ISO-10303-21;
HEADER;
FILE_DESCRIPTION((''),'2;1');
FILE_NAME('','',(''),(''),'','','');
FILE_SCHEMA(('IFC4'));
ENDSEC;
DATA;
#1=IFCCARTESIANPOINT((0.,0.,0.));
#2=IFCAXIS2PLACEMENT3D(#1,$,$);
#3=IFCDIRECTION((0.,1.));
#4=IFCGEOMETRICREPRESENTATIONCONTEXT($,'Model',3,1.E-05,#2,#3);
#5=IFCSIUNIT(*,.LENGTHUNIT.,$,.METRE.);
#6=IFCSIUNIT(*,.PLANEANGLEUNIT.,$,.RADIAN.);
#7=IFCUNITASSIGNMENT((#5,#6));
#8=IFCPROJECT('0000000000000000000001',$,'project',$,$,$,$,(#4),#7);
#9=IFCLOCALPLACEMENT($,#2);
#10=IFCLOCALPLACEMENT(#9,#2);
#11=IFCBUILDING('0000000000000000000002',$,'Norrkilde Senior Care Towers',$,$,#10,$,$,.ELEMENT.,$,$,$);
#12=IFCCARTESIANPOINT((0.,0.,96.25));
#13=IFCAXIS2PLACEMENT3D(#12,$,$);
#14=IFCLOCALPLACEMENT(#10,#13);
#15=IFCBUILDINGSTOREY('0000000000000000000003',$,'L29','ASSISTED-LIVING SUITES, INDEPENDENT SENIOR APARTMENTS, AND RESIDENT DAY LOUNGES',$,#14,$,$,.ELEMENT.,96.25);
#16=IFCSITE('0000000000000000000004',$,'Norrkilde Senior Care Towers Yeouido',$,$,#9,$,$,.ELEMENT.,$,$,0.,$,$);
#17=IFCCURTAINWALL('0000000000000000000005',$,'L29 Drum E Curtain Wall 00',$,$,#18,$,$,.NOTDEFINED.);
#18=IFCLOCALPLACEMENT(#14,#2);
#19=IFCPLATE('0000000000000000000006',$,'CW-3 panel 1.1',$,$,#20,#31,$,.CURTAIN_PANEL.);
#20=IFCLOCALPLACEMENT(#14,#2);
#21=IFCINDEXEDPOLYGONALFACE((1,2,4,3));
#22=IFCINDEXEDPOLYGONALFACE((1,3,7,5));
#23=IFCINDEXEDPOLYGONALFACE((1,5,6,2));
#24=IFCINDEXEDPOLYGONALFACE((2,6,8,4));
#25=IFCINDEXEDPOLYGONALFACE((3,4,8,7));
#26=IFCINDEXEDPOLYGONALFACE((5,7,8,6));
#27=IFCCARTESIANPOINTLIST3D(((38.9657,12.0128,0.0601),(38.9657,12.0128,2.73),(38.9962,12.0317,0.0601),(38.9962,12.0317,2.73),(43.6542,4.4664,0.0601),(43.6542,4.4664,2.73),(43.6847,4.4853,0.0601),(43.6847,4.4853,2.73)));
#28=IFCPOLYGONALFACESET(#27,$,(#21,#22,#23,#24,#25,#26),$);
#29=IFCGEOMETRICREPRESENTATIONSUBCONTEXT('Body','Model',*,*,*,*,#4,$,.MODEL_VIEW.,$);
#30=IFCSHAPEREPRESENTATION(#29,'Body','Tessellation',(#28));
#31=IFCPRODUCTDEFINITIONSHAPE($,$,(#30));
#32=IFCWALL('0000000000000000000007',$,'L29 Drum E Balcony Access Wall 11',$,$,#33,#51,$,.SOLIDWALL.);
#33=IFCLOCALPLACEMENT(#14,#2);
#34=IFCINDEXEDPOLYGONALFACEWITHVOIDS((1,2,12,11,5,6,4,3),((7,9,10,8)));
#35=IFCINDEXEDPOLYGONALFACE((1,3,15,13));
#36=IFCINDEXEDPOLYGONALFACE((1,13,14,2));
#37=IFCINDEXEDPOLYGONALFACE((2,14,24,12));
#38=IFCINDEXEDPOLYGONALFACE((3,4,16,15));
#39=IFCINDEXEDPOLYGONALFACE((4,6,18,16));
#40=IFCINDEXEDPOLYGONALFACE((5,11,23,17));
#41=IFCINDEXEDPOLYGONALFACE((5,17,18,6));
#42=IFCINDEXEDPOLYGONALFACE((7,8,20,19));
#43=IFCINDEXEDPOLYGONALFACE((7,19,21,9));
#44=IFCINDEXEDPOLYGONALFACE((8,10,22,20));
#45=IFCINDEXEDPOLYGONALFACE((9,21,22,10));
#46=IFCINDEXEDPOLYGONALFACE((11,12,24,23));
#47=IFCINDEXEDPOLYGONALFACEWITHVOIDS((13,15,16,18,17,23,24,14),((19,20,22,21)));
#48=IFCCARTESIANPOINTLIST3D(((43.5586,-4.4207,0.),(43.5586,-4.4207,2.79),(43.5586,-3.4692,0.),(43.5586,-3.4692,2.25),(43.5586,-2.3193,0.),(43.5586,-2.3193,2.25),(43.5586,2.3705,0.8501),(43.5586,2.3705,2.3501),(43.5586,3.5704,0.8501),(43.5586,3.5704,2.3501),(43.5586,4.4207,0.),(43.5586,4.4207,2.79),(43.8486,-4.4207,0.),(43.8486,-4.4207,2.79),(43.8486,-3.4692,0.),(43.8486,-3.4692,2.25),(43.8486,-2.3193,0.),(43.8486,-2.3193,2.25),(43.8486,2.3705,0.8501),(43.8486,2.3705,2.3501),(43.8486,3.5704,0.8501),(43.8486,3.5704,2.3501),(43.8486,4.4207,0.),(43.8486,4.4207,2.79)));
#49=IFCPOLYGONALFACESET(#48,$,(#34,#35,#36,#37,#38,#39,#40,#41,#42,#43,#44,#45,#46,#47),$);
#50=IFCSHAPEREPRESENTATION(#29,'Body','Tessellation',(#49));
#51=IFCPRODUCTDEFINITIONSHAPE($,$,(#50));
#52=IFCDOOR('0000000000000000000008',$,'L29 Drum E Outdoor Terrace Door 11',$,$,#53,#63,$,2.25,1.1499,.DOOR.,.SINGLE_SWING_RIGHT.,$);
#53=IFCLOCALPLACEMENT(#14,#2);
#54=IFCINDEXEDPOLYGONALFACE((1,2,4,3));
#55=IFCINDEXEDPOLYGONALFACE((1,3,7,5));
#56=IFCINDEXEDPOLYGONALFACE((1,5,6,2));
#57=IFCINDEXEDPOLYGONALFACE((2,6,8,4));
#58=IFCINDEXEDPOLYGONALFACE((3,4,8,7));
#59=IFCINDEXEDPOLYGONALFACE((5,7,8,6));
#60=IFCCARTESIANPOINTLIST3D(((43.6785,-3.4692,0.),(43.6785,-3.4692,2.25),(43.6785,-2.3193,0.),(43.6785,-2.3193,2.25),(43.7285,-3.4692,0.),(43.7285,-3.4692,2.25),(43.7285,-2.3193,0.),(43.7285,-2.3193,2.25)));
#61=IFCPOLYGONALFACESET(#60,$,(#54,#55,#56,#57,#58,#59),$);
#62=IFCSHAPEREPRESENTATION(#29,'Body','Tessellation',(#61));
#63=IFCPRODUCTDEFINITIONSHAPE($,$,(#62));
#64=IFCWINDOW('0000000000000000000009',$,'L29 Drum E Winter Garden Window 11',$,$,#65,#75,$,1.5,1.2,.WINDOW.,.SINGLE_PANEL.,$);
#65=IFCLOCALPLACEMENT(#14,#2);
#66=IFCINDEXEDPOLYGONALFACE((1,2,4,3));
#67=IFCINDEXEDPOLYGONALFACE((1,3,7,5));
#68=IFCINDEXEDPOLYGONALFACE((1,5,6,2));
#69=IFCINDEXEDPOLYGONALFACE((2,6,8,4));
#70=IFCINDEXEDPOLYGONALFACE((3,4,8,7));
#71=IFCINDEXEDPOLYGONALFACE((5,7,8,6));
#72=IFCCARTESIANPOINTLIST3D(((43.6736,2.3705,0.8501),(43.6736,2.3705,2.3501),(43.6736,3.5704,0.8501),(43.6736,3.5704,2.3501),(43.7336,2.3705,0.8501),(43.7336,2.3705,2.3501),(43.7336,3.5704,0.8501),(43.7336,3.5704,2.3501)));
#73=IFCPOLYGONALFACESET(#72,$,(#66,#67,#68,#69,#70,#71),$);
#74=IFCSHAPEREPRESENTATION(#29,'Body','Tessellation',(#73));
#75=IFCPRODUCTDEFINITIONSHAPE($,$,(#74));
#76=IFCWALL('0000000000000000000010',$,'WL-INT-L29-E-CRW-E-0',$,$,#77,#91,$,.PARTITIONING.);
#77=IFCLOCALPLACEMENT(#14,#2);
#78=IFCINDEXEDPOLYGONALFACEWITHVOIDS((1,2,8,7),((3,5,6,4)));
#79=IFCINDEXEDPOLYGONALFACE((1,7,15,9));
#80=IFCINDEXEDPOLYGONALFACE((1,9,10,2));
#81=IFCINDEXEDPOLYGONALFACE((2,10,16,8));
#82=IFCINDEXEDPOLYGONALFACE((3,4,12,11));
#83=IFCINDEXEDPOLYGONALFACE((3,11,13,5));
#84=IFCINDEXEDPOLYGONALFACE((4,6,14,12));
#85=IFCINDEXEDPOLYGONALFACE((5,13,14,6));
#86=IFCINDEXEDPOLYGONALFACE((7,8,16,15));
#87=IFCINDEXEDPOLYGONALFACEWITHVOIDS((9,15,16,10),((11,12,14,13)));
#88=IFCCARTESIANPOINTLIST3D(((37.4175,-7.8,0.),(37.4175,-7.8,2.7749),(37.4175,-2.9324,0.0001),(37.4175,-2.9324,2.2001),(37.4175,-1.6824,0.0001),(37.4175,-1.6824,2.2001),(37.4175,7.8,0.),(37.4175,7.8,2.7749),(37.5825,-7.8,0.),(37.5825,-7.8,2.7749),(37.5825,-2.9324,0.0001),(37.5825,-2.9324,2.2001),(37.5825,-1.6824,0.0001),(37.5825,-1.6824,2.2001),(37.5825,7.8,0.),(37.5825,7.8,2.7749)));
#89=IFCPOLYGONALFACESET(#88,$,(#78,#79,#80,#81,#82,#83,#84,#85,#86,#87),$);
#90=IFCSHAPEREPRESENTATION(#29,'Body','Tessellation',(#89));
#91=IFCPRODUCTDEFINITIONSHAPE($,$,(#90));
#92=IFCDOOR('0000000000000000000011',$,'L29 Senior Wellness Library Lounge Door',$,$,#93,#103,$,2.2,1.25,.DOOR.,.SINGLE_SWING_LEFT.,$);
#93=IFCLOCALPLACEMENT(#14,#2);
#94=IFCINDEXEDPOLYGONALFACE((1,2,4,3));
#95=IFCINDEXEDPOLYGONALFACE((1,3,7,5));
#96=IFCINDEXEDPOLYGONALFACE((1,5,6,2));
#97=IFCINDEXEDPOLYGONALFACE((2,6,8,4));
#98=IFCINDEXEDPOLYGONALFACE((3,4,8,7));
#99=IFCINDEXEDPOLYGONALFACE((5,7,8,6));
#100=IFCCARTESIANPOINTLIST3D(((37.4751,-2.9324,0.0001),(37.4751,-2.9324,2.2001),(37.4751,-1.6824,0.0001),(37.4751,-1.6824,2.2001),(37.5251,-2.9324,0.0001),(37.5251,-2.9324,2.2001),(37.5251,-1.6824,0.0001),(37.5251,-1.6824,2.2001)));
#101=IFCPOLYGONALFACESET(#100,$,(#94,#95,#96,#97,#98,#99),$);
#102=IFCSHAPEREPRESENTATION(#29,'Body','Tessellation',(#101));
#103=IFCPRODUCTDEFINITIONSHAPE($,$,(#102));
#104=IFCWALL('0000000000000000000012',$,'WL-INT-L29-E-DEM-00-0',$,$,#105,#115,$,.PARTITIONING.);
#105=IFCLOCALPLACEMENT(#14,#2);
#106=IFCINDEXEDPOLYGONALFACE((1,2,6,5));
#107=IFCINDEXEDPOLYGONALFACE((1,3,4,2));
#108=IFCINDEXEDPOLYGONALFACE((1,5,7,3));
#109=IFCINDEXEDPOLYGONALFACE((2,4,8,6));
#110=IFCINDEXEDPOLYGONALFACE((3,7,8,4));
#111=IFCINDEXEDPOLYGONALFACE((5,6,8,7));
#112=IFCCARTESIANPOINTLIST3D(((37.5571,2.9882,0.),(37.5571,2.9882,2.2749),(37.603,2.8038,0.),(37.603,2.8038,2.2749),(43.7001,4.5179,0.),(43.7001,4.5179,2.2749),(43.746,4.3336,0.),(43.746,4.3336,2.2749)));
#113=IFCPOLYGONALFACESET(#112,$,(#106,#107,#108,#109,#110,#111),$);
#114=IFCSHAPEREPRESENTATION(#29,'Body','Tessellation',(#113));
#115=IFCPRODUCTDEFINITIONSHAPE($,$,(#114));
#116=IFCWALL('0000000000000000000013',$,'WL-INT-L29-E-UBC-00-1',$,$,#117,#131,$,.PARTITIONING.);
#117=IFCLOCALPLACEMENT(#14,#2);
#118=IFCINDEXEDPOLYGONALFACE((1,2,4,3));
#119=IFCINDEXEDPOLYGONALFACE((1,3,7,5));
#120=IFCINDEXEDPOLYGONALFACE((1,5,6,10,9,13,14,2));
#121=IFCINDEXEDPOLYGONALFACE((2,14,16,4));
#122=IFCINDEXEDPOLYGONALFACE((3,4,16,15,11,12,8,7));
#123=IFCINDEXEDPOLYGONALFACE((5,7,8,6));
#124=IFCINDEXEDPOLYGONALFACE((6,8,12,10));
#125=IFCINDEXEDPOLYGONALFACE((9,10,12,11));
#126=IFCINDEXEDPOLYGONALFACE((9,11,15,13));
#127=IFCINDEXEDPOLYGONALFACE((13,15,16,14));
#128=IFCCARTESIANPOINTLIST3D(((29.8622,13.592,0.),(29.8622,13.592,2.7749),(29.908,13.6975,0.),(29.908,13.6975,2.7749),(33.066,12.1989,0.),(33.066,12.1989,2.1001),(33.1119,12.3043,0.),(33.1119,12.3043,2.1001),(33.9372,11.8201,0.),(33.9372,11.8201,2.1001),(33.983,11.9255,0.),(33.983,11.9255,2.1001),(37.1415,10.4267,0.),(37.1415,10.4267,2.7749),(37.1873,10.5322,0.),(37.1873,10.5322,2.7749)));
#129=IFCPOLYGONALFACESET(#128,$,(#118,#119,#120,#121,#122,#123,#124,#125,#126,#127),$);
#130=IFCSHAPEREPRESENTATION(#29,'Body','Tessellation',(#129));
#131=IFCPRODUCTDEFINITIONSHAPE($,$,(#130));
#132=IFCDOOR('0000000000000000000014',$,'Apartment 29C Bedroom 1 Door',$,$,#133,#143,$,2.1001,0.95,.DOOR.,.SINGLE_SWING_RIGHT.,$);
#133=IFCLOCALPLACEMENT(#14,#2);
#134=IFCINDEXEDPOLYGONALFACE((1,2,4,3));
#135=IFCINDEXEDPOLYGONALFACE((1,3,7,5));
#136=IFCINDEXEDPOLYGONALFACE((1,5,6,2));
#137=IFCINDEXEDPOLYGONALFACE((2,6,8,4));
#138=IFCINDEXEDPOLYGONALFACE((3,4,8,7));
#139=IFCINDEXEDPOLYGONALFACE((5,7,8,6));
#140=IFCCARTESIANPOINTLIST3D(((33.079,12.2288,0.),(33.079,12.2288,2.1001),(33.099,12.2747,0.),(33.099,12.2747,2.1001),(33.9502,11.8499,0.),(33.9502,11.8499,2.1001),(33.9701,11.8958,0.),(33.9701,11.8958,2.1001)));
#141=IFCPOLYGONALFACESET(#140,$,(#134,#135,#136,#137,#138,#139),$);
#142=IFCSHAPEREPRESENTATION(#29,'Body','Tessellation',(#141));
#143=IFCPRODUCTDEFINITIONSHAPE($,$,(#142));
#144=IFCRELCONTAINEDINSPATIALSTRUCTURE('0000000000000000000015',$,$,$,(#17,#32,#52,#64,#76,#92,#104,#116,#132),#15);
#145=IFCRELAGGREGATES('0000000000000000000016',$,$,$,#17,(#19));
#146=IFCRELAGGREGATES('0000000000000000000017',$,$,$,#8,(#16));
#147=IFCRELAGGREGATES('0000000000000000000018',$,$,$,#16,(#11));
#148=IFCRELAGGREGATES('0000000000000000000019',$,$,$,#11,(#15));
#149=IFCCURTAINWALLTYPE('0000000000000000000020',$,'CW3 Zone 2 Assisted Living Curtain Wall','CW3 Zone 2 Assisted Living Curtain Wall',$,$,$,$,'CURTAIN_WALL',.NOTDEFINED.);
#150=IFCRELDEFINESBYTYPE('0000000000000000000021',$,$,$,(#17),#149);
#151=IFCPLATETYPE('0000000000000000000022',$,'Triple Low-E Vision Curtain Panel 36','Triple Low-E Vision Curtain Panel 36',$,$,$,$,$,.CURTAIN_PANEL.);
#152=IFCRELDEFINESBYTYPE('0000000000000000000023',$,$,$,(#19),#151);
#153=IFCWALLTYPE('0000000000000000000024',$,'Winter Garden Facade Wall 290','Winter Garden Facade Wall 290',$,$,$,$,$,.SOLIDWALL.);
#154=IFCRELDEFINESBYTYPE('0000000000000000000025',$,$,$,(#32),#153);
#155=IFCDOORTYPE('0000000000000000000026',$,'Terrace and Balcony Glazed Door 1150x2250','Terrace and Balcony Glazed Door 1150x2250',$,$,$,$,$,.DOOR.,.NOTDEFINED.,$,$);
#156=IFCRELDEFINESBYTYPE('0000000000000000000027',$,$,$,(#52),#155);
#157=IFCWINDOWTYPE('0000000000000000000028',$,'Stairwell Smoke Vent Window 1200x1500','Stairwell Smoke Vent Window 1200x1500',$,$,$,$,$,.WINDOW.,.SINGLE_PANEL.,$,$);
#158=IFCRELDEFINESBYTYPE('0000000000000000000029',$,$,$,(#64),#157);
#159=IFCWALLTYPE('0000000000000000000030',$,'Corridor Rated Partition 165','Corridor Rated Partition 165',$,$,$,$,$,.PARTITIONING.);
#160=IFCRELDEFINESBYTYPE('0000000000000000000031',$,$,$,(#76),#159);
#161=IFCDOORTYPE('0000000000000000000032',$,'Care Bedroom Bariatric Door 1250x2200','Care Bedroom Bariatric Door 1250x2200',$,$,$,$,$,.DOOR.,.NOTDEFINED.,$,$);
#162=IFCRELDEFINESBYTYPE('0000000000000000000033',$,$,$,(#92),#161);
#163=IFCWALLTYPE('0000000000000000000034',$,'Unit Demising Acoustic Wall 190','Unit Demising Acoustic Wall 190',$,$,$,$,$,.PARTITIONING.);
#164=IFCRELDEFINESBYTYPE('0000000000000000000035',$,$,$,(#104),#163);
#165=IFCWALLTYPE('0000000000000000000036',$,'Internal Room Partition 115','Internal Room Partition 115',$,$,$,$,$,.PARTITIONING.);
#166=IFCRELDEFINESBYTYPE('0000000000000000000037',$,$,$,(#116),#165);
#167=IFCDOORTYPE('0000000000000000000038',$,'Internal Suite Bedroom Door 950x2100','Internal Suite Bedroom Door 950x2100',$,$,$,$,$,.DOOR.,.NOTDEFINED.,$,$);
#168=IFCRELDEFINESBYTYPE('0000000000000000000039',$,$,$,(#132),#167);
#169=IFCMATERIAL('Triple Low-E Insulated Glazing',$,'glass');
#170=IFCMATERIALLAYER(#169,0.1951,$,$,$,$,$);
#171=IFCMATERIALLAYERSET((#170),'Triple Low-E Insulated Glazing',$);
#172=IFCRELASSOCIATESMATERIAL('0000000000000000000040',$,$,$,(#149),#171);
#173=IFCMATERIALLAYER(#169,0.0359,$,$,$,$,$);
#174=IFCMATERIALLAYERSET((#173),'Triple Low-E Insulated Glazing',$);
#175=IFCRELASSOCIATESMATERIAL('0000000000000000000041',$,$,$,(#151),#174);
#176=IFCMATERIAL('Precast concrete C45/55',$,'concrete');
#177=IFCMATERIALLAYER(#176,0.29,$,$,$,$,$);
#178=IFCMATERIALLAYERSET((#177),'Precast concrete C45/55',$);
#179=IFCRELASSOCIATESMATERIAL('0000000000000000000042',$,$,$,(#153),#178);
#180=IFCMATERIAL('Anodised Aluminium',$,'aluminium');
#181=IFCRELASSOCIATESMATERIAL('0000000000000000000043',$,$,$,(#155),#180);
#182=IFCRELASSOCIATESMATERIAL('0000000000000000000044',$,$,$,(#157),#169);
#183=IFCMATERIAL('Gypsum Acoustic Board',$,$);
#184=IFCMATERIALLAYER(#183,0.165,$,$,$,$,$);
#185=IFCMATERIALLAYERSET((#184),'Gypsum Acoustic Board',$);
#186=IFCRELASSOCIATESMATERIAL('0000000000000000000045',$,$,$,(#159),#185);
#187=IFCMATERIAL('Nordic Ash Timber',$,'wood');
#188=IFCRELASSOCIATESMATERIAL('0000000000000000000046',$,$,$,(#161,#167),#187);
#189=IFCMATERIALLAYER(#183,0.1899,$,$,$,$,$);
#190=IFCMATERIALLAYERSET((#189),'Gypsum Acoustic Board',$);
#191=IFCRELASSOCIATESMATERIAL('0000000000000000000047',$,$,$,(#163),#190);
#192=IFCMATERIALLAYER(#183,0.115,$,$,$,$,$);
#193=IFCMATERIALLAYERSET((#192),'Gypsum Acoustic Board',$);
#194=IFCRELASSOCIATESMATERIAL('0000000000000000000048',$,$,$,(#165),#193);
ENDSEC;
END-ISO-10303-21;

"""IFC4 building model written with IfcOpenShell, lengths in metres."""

from ifc_helpers import new_model, si_unit, direction, frame, frame_2d, origin, origin_2d, place, context, subcontext, project, spatial, rectangle, extrude, source, transform, mapped, material, layer, layer_set, type_object, type_shapes, element, fill, aggregate, save


model = new_model("IFC4")

# Units and contexts
model_context = context("Model", 3, precision=1e-05, world=origin(), true_north=direction((0.0, 1.0)))
body_context = subcontext(model_context, "Body", "Model", "MODEL_VIEW")
ifc_project = project(units=[si_unit("LENGTHUNIT", "METRE"), si_unit("PLANEANGLEUNIT", "RADIAN")], contexts=[model_context])

# Site, building, storey
site_placement = place(None, origin())
site = spatial("IfcSite", under=ifc_project, at=site_placement, Name="Norrkilde Senior Care Towers Yeouido", CompositionType="ELEMENT", RefElevation=0.0)
building_placement = place(site_placement, origin())
building = spatial("IfcBuilding", under=site, at=building_placement, Name="Norrkilde Senior Care Towers", CompositionType="ELEMENT")
storey_placement = place(building_placement, frame((0.0, 0.0, 96.25)))
storey = spatial("IfcBuildingStorey", under=building, at=storey_placement, Name="L29", Description="ASSISTED-LIVING SUITES, INDEPENDENT SENIOR APARTMENTS, AND RESIDENT DAY LOUNGES", CompositionType="ELEMENT", Elevation=96.25)

# Curtain wall
ifc_material_1 = material(Name="Triple Low-E Insulated Glazing", Category="glass")
ifc_layer_1 = layer(ifc_material_1, 0.1951)
ifc_layer_set_1 = layer_set([ifc_layer_1], Name="Triple Low-E Insulated Glazing")
curtain_wall_type = type_object("IfcCurtainWallType", Name="CW3 Zone 2 Assisted Living Curtain Wall", Description="CW3 Zone 2 Assisted Living Curtain Wall", ElementType="CURTAIN_WALL", PredefinedType="NOTDEFINED", material=ifc_layer_set_1)
curtain_wall_1_placement = place(storey_placement, origin())
curtain_wall_1 = element("IfcCurtainWall", 1, at=curtain_wall_1_placement, inside=storey, type_object=curtain_wall_type, Name="L29 Drum E Curtain Wall 00", PredefinedType="NOTDEFINED")
ifc_material_2 = material(Name="Anodised Aluminium", Category="aluminium")

# Plate
ifc_layer_2 = layer(ifc_material_1, 0.0359)
ifc_layer_set_2 = layer_set([ifc_layer_2], Name="Triple Low-E Insulated Glazing")
plate_type = type_object("IfcPlateType", Name="Triple Low-E Vision Curtain Panel 36", Description="Triple Low-E Vision Curtain Panel 36", PredefinedType="CURTAIN_PANEL", material=ifc_layer_set_2)
shared_shape_1 = source(origin(), body_context, "Body", "SweptSolid", [
    extrude(rectangle(XDim=8.8843, YDim=0.0359, at=origin_2d()), origin(), (0.0, 0.0, 1.0), 2.6699),
])
type_shapes(plate_type, [shared_shape_1])
plate_placement = place(storey_placement, frame((41.3252, 8.249, 0.0601), z_axis=(0.0, 0.0, 1.0), x_axis=(0.527733, -0.84941, 0.0)))
plate = element("IfcPlate", 2, at=plate_placement, type_object=plate_type, Name="CW-3 panel 1.1", PredefinedType="CURTAIN_PANEL", context=body_context, shape_type="MappedRepresentation", body=[
    mapped(shared_shape_1, transform((0.0, 0.0, 0.0), x_axis=(1.0, 0.0, 0.0), y_axis=(0.0, 1.0, 0.0), z_axis=(0.0, 0.0, 1.0), scale=1.0)),
])
aggregate(curtain_wall_1, [plate])

# Wall, openings, door, window
ifc_material_3 = material(Name="Precast concrete C45/55", Category="concrete")
ifc_layer_3 = layer(ifc_material_3, 0.29)
ifc_layer_set_3 = layer_set([ifc_layer_3], Name="Precast concrete C45/55")
wall_type_1 = type_object("IfcWallType", Name="Winter Garden Facade Wall 290", Description="Winter Garden Facade Wall 290", PredefinedType="SOLIDWALL", material=ifc_layer_set_3)
shared_shape_2 = source(origin(), body_context, "Body", "SweptSolid", [
    extrude(rectangle(XDim=8.8413, YDim=0.29, at=frame_2d((4.4207, 0.0))), origin(), (0.0, 0.0, 1.0), 2.79),
])
type_shapes(wall_type_1, [shared_shape_2])
wall_1_placement = place(storey_placement, frame((43.7036, 4.4207, 0.0), z_axis=(0.0, 0.0, 1.0), x_axis=(0.0, -1.0, 0.0)))
wall_1 = element("IfcWall", 3, at=wall_1_placement, inside=storey, type_object=wall_type_1, Name="L29 Drum E Balcony Access Wall 11", PredefinedType="SOLIDWALL", context=body_context, shape_type="MappedRepresentation", body=[
    mapped(shared_shape_2, transform((0.0, 0.0, 0.0), x_axis=(1.0, 0.0, 0.0), y_axis=(0.0, 1.0, 0.0), z_axis=(0.0, 0.0, 1.0), scale=1.0)),
])
opening_1_placement = place(wall_1_placement, frame((6.74, 0.0, 0.0)))
opening_1 = element("IfcOpeningElement", 4, at=opening_1_placement, cuts=wall_1, PredefinedType="OPENING", context=body_context, shape_type="SweptSolid", body=[
    extrude(rectangle(XDim=1.1499, YDim=2.25, at=frame_2d((0.575, 1.125))), frame((0.0, 0.155, 0.0), z_axis=(0.0, -1.0, 0.0), x_axis=(1.0, 0.0, 0.0)), (0.0, 0.0, 1.0), 0.3101),
])
opening_2_placement = place(wall_1_placement, frame((0.8501, 0.0, 0.8501)))
opening_2 = element("IfcOpeningElement", 5, at=opening_2_placement, cuts=wall_1, PredefinedType="OPENING", context=body_context, shape_type="SweptSolid", body=[
    extrude(rectangle(XDim=1.2, YDim=1.5, at=frame_2d((0.6001, 0.75))), frame((0.0, 0.155, 0.0), z_axis=(0.0, -1.0, 0.0), x_axis=(1.0, 0.0, 0.0)), (0.0, 0.0, 1.0), 0.3101),
])
door_type_1 = type_object("IfcDoorType", Name="Terrace and Balcony Glazed Door 1150x2250", Description="Terrace and Balcony Glazed Door 1150x2250", OperationType="NOTDEFINED", PredefinedType="DOOR", material=ifc_material_2)
shared_shape_3 = source(origin(), body_context, "Body", "SweptSolid", [
    extrude(rectangle(XDim=1.1499, YDim=2.25, at=frame_2d((0.575, 1.125))), frame((0.0, 0.0249, 0.0), z_axis=(0.0, -1.0, 0.0), x_axis=(1.0, 0.0, 0.0)), (0.0, 0.0, 1.0), 0.05),
])
type_shapes(door_type_1, [shared_shape_3])
door_1_placement = place(opening_1_placement, origin())
door_1 = element("IfcDoor", 6, at=door_1_placement, inside=storey, type_object=door_type_1, Name="L29 Drum E Outdoor Terrace Door 11", OperationType="SINGLE_SWING_RIGHT", OverallHeight=2.25, OverallWidth=1.1499, PredefinedType="DOOR", context=body_context, shape_type="MappedRepresentation", body=[
    mapped(shared_shape_3, transform((0.0, 0.0, 0.0), x_axis=(1.0, 0.0, 0.0), y_axis=(0.0, 1.0, 0.0), z_axis=(0.0, 0.0, 1.0), scale=1.0)),
])
fill(opening_1, door_1)
window_type = type_object("IfcWindowType", Name="Stairwell Smoke Vent Window 1200x1500", Description="Stairwell Smoke Vent Window 1200x1500", PartitioningType="SINGLE_PANEL", PredefinedType="WINDOW", material=ifc_material_1)
shared_shape_4 = source(origin(), body_context, "Body", "SweptSolid", [
    extrude(rectangle(XDim=1.2, YDim=1.5, at=frame_2d((0.6001, 0.75))), frame((0.0, 0.03, 0.0), z_axis=(0.0, -1.0, 0.0), x_axis=(1.0, 0.0, 0.0)), (0.0, 0.0, 1.0), 0.0601),
])
type_shapes(window_type, [shared_shape_4])
window_placement = place(opening_2_placement, origin())
window = element("IfcWindow", 7, at=window_placement, inside=storey, type_object=window_type, Name="L29 Drum E Winter Garden Window 11", OverallHeight=1.5, OverallWidth=1.2, PartitioningType="SINGLE_PANEL", PredefinedType="WINDOW", context=body_context, shape_type="MappedRepresentation", body=[
    mapped(shared_shape_4, transform((0.0, 0.0, 0.0), x_axis=(1.0, 0.0, 0.0), y_axis=(0.0, 1.0, 0.0), z_axis=(0.0, 0.0, 1.0), scale=1.0)),
])
fill(opening_2, window)

# Wall, opening, door
ifc_material_4 = material(Name="Gypsum Acoustic Board")
ifc_layer_4 = layer(ifc_material_4, 0.165)
ifc_layer_set_4 = layer_set([ifc_layer_4], Name="Gypsum Acoustic Board")
wall_type_2 = type_object("IfcWallType", Name="Corridor Rated Partition 165", Description="Corridor Rated Partition 165", PredefinedType="PARTITIONING", material=ifc_layer_set_4)
shared_shape_5 = source(origin(), body_context, "Body", "SweptSolid", [
    extrude(rectangle(XDim=15.6001, YDim=0.165, at=frame_2d((7.8, 0.0))), origin(), (0.0, 0.0, 1.0), 2.7749),
])
type_shapes(wall_type_2, [shared_shape_5])
wall_2_placement = place(storey_placement, frame((37.5, 7.8, 0.0), z_axis=(0.0, 0.0, 1.0), x_axis=(0.0, -1.0, 0.0)))
wall_2 = element("IfcWall", 8, at=wall_2_placement, inside=storey, type_object=wall_type_2, Name="WL-INT-L29-E-CRW-E-0", PredefinedType="PARTITIONING", context=body_context, shape_type="MappedRepresentation", body=[
    mapped(shared_shape_5, transform((0.0, 0.0, 0.0), x_axis=(1.0, 0.0, 0.0), y_axis=(0.0, 1.0, 0.0), z_axis=(0.0, 0.0, 1.0), scale=1.0)),
])
opening_3_placement = place(wall_2_placement, frame((9.4824, 0.0, 0.0)))
opening_3 = element("IfcOpeningElement", 9, at=opening_3_placement, cuts=wall_2, PredefinedType="OPENING", context=body_context, shape_type="SweptSolid", body=[
    extrude(rectangle(XDim=1.25, YDim=2.2, at=frame_2d((0.625, 1.1001))), frame((0.0, 0.0925, 0.0), z_axis=(0.0, -1.0, 0.0), x_axis=(1.0, 0.0, 0.0)), (0.0, 0.0, 1.0), 0.1851),
])
ifc_material_5 = material(Name="Nordic Ash Timber", Category="wood")
door_type_2 = type_object("IfcDoorType", Name="Care Bedroom Bariatric Door 1250x2200", Description="Care Bedroom Bariatric Door 1250x2200", OperationType="NOTDEFINED", PredefinedType="DOOR", material=ifc_material_5)
shared_shape_6 = source(origin(), body_context, "Body", "SweptSolid", [
    extrude(rectangle(XDim=1.25, YDim=2.2, at=frame_2d((0.625, 1.1001))), frame((0.0, 0.0249, 0.0), z_axis=(0.0, -1.0, 0.0), x_axis=(1.0, 0.0, 0.0)), (0.0, 0.0, 1.0), 0.05),
])
type_shapes(door_type_2, [shared_shape_6])
door_2_placement = place(opening_3_placement, frame((1.25, 0.0, 0.0), z_axis=(0.0, 0.0, 1.0), x_axis=(-1.0, 0.0, 0.0)))
door_2 = element("IfcDoor", 10, at=door_2_placement, inside=storey, type_object=door_type_2, Name="L29 Senior Wellness Library Lounge Door", OperationType="SINGLE_SWING_LEFT", OverallHeight=2.2, OverallWidth=1.25, PredefinedType="DOOR", context=body_context, shape_type="MappedRepresentation", body=[
    mapped(shared_shape_6, transform((0.0, 0.0, 0.0), x_axis=(1.0, 0.0, 0.0), y_axis=(0.0, 1.0, 0.0), z_axis=(0.0, 0.0, 1.0), scale=1.0)),
])
fill(opening_3, door_2)

# Wall
ifc_layer_5 = layer(ifc_material_4, 0.1899)
ifc_layer_set_5 = layer_set([ifc_layer_5], Name="Gypsum Acoustic Board")
wall_type_3 = type_object("IfcWallType", Name="Unit Demising Acoustic Wall 190", Description="Unit Demising Acoustic Wall 190", PredefinedType="PARTITIONING", material=ifc_layer_set_5)
shared_shape_7 = source(origin(), body_context, "Body", "SweptSolid", [
    extrude(rectangle(XDim=6.3306, YDim=0.1899, at=frame_2d((3.1653, 0.0))), origin(), (0.0, 0.0, 1.0), 2.2749),
])
type_shapes(wall_type_3, [shared_shape_7])
wall_3_placement = place(storey_placement, frame((37.5801, 2.896, 0.0), z_axis=(0.0, 0.0, 1.0), x_axis=(0.970364, 0.241646, 0.0)))
element("IfcWall", 11, at=wall_3_placement, inside=storey, type_object=wall_type_3, Name="WL-INT-L29-E-DEM-00-0", PredefinedType="PARTITIONING", context=body_context, shape_type="MappedRepresentation", body=[
    mapped(shared_shape_7, transform((0.0, 0.0, 0.0), x_axis=(1.0, 0.0, 0.0), y_axis=(0.0, 1.0, 0.0), z_axis=(0.0, 0.0, 1.0), scale=1.0)),
])

# Wall, opening, door
ifc_layer_6 = layer(ifc_material_4, 0.115)
ifc_layer_set_6 = layer_set([ifc_layer_6], Name="Gypsum Acoustic Board")
wall_type_4 = type_object("IfcWallType", Name="Internal Room Partition 115", Description="Internal Room Partition 115", PredefinedType="PARTITIONING", material=ifc_layer_set_6)
shared_shape_8 = source(origin(), body_context, "Body", "SweptSolid", [
    extrude(rectangle(XDim=7.9377, YDim=0.115, at=frame_2d((3.9688, 0.0))), origin(), (0.0, 0.0, 1.0), 2.7749),
])
wall_4_placement = place(storey_placement, frame((37.1643, 10.4795, 0.0), z_axis=(0.0, 0.0, 1.0), x_axis=(-0.917053, 0.398765, 0.0)))
wall_4 = element("IfcWall", 12, at=wall_4_placement, inside=storey, type_object=wall_type_4, Name="WL-INT-L29-E-UBC-00-1", PredefinedType="PARTITIONING", context=body_context, shape_type="MappedRepresentation", body=[
    mapped(shared_shape_8, transform((0.0, 0.0, 0.0), x_axis=(1.0, 0.0, 0.0), y_axis=(0.0, 1.0, 0.0), z_axis=(0.0, 0.0, 1.0), scale=1.0)),
])
opening_4_placement = place(wall_4_placement, frame((3.4939, 0.0, 0.0)))
opening_4 = element("IfcOpeningElement", 13, at=opening_4_placement, cuts=wall_4, PredefinedType="OPENING", context=body_context, shape_type="SweptSolid", body=[
    extrude(rectangle(XDim=0.95, YDim=2.1001, at=frame_2d((0.4751, 1.05))), frame((0.0, 0.0674, 0.0), z_axis=(0.0, -1.0, 0.0), x_axis=(1.0, 0.0, 0.0)), (0.0, 0.0, 1.0), 0.135),
])
door_type_3 = type_object("IfcDoorType", Name="Internal Suite Bedroom Door 950x2100", Description="Internal Suite Bedroom Door 950x2100", OperationType="NOTDEFINED", PredefinedType="DOOR", material=ifc_material_5)
shared_shape_9 = source(origin(), body_context, "Body", "SweptSolid", [
    extrude(rectangle(XDim=0.95, YDim=2.1001, at=frame_2d((0.4751, 1.05))), frame((0.0, 0.0249, 0.0), z_axis=(0.0, -1.0, 0.0), x_axis=(1.0, 0.0, 0.0)), (0.0, 0.0, 1.0), 0.05),
])
type_shapes(door_type_3, [shared_shape_9])
door_3_placement = place(opening_4_placement, origin())
door_3 = element("IfcDoor", 14, at=door_3_placement, inside=storey, type_object=door_type_3, Name="Apartment 29C Bedroom 1 Door", OperationType="SINGLE_SWING_RIGHT", OverallHeight=2.1001, OverallWidth=0.95, PredefinedType="DOOR", context=body_context, shape_type="MappedRepresentation", body=[
    mapped(shared_shape_9, transform((0.0, 0.0, 0.0), x_axis=(1.0, 0.0, 0.0), y_axis=(0.0, 1.0, 0.0), z_axis=(0.0, 0.0, 1.0), scale=1.0)),
])
fill(opening_4, door_3)

save(model, "model.ifc")
